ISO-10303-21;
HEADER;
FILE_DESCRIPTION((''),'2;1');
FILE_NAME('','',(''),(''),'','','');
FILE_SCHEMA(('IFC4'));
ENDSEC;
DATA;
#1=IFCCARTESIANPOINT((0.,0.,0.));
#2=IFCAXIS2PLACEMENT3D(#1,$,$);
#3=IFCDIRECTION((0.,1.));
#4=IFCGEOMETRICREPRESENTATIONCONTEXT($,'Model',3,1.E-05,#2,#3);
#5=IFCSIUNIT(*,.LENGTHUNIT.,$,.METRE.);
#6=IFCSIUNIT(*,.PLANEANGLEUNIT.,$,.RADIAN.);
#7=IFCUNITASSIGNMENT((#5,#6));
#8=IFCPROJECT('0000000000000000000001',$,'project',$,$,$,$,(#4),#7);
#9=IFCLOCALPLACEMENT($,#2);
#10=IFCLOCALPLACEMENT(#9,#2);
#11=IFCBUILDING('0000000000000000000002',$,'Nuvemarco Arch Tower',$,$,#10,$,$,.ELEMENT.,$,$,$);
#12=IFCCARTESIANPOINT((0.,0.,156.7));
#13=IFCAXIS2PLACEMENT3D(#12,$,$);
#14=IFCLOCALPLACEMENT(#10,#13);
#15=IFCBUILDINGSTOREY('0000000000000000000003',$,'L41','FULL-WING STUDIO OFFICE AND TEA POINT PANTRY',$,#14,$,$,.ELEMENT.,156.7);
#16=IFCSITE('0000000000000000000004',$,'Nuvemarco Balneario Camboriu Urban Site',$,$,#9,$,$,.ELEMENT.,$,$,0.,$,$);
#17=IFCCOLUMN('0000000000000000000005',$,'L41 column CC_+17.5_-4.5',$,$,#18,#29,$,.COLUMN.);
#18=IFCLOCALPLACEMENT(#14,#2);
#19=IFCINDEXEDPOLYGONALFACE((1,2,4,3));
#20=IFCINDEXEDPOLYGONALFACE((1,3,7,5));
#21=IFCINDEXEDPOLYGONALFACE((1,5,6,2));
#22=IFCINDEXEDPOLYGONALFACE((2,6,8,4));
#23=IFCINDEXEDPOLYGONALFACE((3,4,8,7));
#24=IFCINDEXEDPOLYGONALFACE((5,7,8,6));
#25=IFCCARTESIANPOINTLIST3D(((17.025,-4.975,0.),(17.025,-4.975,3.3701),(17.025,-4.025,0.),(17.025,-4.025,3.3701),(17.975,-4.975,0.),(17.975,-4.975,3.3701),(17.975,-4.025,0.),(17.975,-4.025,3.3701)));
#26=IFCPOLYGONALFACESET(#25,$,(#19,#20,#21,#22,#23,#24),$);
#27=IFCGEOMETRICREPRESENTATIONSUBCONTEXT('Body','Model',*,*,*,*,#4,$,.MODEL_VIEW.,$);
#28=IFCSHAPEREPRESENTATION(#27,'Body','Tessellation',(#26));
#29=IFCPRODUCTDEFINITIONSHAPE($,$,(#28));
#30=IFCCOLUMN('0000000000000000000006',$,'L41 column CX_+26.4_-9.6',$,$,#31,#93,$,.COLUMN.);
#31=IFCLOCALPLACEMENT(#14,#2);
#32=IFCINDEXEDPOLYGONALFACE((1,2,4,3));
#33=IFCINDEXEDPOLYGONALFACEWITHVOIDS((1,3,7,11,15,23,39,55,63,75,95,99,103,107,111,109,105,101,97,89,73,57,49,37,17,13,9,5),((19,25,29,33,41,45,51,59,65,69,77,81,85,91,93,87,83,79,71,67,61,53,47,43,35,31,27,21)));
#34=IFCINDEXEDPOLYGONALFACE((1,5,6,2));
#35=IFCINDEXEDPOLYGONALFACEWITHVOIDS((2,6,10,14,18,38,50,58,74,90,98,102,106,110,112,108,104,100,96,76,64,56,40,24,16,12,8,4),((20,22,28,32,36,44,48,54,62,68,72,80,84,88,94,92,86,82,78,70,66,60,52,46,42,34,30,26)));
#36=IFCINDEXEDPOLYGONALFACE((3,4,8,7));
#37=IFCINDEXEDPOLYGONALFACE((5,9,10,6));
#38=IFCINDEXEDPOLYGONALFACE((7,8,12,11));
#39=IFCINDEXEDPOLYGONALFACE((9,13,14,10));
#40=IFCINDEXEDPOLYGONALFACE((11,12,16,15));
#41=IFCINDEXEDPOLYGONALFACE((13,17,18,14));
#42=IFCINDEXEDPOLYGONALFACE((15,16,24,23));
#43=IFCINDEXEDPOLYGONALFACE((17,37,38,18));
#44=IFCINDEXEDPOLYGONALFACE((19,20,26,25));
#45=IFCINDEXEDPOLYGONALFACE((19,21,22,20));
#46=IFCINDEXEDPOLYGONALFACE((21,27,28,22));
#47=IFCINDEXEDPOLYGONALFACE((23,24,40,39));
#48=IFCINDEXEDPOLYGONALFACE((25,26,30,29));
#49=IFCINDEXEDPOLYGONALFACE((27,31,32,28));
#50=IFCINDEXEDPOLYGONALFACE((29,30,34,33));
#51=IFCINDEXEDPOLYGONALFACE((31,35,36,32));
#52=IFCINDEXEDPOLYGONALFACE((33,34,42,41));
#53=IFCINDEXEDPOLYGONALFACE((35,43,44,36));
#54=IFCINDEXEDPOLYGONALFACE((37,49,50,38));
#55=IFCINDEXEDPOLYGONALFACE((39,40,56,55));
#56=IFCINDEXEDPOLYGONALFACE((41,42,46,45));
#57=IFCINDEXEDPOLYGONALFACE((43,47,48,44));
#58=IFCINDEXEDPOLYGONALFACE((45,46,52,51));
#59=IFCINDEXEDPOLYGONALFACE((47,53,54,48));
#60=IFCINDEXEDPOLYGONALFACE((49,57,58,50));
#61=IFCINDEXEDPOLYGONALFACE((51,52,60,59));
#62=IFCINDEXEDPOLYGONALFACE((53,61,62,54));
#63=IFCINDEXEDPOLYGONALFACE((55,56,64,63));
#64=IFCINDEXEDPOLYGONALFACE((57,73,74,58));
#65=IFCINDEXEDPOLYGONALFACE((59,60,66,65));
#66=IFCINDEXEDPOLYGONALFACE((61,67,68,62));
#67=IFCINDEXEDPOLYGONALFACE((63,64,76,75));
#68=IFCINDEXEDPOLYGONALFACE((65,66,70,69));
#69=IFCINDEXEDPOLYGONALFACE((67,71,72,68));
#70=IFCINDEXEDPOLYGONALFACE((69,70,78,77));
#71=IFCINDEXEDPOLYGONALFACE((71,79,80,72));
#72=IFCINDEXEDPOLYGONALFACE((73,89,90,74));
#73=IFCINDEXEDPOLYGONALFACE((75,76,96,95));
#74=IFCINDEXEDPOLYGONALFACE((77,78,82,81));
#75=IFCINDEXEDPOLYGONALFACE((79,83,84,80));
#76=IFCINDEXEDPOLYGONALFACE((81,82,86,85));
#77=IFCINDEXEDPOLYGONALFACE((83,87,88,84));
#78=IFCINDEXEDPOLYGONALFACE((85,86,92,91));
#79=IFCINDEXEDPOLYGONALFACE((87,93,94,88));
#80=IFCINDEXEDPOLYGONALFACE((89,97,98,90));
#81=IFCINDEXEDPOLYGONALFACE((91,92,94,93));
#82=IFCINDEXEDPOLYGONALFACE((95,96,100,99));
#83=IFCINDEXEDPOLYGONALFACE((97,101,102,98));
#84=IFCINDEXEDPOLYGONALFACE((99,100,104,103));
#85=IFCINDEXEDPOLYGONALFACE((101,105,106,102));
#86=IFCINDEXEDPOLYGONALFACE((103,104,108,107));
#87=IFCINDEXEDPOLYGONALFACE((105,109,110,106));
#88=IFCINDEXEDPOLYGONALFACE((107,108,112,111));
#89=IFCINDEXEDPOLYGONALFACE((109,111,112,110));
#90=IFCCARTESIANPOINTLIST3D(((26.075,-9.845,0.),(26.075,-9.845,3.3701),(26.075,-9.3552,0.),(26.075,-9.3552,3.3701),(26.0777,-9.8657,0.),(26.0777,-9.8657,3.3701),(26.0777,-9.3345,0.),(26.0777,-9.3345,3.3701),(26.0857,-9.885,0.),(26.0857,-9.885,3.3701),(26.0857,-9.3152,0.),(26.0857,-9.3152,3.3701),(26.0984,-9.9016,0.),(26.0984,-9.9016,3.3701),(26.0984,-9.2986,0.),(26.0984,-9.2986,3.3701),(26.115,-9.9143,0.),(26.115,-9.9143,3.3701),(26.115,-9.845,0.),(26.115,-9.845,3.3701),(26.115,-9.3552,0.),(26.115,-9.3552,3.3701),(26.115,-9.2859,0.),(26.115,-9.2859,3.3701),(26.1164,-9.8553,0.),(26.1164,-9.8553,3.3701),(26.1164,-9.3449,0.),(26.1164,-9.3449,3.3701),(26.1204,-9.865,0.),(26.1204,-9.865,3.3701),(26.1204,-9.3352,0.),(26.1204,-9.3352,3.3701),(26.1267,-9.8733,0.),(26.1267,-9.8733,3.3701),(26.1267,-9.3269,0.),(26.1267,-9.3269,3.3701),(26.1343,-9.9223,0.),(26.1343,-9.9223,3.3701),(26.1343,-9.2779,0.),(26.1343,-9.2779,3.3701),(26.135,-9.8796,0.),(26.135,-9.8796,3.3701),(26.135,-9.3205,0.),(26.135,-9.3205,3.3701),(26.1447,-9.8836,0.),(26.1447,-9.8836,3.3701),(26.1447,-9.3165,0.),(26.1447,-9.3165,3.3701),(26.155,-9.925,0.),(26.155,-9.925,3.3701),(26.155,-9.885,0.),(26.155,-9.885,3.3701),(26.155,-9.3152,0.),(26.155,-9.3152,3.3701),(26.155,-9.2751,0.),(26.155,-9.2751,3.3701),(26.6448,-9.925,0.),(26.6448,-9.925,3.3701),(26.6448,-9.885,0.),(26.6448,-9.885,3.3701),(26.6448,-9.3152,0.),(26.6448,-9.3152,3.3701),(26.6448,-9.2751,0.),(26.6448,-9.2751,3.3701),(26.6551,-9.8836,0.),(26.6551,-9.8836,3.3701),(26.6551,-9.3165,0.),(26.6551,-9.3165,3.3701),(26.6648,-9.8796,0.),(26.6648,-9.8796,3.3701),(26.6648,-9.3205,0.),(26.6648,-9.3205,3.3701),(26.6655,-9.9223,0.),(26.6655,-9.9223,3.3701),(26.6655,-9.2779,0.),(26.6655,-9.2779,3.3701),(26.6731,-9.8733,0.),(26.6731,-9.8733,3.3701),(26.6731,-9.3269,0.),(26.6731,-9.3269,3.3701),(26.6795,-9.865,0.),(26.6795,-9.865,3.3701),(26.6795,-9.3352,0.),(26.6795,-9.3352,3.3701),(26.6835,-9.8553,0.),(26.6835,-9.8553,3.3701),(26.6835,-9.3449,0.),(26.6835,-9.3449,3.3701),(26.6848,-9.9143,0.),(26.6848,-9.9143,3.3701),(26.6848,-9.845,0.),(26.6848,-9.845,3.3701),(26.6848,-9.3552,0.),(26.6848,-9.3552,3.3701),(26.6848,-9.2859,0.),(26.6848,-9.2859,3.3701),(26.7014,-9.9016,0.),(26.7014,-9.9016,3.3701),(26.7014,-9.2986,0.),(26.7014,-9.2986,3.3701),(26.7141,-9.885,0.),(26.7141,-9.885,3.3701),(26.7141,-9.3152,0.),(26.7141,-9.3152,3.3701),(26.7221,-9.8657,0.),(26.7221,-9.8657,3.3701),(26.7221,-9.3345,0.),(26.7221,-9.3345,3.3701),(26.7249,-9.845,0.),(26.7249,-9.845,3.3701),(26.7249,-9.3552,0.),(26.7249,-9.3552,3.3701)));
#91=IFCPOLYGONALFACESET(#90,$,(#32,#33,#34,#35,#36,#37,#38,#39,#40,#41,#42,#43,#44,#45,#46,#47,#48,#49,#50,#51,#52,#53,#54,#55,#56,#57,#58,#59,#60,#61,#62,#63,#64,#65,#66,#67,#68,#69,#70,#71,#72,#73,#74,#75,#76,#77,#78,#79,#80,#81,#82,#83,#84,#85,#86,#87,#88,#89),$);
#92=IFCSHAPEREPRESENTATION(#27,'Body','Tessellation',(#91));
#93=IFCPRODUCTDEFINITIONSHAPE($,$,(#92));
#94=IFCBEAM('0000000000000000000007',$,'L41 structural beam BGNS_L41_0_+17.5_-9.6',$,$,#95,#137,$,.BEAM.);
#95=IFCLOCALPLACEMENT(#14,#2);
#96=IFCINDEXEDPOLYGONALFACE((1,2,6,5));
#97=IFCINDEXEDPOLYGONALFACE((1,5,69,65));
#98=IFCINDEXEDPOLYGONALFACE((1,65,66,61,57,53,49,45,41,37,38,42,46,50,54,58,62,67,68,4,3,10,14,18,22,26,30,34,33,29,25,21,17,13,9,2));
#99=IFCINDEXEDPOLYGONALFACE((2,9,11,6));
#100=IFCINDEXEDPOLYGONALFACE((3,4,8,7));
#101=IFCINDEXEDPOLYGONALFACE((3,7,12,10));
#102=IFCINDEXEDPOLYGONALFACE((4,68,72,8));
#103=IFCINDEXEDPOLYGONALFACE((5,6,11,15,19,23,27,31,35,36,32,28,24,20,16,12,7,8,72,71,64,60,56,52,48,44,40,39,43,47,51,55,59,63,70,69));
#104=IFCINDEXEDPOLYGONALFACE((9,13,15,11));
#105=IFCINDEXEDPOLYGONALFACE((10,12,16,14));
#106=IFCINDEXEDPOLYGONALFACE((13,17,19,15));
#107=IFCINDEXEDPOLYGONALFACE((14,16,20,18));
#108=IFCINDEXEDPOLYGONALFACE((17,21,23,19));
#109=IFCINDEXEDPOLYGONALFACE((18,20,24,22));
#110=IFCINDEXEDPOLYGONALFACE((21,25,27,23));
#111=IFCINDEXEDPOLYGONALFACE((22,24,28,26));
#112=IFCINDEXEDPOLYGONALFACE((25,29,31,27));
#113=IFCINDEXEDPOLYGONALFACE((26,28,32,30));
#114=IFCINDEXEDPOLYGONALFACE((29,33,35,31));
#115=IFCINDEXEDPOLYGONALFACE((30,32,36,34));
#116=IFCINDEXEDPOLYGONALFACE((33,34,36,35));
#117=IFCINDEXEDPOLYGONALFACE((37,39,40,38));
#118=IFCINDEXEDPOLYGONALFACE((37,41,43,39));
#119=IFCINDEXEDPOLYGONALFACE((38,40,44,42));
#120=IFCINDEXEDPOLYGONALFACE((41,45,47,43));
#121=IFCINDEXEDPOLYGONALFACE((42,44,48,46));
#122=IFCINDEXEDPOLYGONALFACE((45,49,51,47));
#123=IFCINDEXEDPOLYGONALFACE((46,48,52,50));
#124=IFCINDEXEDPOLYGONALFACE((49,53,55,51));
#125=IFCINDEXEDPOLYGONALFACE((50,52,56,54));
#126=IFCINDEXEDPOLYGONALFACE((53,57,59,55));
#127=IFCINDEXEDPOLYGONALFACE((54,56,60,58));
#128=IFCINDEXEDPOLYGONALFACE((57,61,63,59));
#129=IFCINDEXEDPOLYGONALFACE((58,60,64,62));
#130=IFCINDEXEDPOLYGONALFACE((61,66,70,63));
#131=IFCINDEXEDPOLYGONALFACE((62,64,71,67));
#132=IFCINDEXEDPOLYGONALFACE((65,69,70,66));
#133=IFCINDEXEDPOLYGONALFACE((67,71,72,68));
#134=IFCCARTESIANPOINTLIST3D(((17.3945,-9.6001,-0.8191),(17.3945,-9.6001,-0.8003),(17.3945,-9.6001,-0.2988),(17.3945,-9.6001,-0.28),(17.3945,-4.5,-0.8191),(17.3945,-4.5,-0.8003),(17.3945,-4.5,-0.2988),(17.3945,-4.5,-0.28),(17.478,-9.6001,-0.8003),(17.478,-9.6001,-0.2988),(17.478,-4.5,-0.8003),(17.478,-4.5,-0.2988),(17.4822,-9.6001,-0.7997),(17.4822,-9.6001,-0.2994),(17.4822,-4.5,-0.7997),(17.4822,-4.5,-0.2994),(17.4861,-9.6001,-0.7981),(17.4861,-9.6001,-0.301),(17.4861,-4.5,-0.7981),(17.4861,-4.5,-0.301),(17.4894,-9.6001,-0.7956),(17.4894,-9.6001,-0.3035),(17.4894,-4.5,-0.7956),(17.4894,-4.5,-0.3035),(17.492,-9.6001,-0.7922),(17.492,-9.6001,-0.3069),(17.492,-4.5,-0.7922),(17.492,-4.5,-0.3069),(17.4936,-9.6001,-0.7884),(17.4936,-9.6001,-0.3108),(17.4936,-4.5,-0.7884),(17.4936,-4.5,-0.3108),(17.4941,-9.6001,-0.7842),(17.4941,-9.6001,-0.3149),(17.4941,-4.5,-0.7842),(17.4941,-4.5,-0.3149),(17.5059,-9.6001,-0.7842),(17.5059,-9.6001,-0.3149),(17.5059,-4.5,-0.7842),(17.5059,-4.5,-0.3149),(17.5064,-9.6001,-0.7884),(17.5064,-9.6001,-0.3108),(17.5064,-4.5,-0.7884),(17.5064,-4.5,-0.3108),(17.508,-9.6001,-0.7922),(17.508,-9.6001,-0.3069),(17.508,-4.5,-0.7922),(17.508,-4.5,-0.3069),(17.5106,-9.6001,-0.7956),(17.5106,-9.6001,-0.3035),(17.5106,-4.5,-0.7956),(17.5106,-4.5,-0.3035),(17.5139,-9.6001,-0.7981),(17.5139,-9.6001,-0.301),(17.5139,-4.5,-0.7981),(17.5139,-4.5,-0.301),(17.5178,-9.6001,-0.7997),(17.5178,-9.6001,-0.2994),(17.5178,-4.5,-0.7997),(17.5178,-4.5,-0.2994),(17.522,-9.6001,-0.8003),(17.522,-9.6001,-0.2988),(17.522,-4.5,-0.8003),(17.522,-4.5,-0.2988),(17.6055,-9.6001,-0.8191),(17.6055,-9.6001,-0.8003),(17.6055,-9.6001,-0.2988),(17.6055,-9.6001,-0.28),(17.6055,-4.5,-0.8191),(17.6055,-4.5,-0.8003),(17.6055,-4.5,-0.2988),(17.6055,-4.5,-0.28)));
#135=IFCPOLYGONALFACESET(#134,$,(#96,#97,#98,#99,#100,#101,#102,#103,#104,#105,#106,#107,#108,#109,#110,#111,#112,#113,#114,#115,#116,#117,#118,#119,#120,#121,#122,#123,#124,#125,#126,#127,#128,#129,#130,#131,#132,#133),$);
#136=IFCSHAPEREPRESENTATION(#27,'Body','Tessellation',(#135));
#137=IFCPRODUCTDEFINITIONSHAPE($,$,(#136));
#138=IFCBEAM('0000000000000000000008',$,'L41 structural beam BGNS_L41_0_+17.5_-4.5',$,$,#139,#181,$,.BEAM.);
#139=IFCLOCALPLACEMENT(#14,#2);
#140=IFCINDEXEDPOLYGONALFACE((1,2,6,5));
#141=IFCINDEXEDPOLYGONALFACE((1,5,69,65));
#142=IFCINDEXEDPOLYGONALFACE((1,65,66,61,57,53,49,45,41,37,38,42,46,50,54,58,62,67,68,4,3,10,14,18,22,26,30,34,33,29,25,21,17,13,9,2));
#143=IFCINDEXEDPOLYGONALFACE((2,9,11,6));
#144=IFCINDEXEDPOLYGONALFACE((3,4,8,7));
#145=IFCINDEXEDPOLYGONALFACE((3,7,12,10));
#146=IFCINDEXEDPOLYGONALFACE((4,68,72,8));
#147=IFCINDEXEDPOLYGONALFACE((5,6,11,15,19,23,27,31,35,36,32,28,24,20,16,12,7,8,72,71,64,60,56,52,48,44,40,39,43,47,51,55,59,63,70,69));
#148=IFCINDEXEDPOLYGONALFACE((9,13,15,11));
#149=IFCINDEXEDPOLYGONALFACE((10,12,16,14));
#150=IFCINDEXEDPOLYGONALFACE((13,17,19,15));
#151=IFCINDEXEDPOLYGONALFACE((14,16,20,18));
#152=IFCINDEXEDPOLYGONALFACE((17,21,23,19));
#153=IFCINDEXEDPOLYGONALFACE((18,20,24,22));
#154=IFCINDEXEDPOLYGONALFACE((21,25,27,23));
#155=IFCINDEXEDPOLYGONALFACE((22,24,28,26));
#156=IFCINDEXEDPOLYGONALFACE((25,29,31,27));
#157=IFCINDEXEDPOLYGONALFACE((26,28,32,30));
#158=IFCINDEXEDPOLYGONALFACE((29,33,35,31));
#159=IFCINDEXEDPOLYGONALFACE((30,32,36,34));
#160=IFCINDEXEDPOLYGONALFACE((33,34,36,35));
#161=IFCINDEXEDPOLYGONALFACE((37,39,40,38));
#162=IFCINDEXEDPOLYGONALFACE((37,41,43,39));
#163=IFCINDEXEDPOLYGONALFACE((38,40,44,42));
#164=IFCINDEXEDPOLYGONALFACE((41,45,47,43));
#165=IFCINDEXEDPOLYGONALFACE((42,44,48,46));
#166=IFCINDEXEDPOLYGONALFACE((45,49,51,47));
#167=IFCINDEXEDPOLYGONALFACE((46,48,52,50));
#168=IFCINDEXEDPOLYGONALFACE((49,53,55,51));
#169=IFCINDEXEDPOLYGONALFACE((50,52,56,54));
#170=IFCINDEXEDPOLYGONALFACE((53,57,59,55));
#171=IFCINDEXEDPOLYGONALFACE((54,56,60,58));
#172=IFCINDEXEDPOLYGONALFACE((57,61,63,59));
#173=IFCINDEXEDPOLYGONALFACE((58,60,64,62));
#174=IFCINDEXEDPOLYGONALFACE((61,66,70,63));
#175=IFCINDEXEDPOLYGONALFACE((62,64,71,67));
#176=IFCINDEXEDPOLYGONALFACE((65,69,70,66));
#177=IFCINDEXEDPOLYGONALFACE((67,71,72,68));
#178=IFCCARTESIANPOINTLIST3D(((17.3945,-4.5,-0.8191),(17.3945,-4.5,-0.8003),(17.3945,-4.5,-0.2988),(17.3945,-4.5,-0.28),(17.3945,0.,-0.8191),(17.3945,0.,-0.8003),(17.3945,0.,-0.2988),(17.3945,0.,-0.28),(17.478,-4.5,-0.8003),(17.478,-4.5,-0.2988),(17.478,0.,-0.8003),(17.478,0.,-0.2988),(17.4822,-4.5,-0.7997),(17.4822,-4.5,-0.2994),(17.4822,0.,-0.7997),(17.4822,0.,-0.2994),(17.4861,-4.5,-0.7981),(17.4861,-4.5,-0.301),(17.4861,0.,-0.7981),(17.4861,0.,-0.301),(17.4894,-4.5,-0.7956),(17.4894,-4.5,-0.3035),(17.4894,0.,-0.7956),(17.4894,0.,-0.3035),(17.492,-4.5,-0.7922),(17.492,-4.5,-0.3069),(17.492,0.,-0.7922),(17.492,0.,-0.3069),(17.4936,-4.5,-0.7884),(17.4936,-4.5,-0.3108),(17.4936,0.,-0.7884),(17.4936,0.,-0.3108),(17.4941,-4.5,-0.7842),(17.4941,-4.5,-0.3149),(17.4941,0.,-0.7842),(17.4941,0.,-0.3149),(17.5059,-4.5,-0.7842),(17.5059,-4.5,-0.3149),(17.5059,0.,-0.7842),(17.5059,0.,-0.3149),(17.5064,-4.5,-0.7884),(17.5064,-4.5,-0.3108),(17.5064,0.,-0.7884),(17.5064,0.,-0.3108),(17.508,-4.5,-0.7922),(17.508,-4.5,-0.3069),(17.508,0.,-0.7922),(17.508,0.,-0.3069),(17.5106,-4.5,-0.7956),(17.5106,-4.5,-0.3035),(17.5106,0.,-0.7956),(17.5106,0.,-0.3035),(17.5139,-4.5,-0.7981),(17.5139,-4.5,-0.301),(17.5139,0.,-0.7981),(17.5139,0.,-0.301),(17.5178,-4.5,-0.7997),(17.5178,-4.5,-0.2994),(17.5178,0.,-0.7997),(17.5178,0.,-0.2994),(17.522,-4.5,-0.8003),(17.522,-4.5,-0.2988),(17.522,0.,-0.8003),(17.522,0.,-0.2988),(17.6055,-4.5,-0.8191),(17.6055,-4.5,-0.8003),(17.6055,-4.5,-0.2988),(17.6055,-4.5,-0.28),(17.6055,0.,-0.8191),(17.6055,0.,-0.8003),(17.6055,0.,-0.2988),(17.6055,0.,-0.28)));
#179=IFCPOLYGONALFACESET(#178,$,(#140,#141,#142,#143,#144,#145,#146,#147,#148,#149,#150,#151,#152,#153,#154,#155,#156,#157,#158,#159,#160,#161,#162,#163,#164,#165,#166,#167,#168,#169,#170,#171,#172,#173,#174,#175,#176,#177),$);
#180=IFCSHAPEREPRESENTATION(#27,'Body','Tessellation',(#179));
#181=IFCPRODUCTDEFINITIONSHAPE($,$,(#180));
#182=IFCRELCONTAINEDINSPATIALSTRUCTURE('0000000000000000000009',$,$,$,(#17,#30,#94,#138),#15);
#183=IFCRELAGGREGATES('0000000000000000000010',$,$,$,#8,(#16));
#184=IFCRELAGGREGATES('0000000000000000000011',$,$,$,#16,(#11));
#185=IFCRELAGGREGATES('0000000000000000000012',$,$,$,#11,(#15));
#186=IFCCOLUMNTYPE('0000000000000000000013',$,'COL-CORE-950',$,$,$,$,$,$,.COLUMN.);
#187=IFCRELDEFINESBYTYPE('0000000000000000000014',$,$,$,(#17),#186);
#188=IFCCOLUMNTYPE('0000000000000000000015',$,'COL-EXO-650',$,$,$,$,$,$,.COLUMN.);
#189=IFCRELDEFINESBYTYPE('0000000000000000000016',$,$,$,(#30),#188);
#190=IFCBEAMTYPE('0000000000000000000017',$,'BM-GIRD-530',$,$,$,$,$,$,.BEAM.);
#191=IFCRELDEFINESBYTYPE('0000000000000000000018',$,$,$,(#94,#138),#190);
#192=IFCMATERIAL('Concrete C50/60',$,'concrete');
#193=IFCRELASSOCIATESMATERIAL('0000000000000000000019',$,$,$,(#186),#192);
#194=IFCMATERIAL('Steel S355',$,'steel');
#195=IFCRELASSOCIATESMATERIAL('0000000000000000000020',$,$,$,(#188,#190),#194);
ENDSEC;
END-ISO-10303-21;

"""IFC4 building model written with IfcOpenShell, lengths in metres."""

from ifc_helpers import new_model, si_unit, direction, frame, origin, origin_2d, place, context, subcontext, project, spatial, rectangle, hollow_rectangle, i_section, extrude, material, material_profile, profile_set, type_object, element, save


model = new_model("IFC4")

# Units and contexts
model_context = context("Model", 3, precision=1e-05, world=origin(), true_north=direction((0.0, 1.0)))
body_context = subcontext(model_context, "Body", "Model", "MODEL_VIEW")
ifc_project = project(units=[si_unit("LENGTHUNIT", "METRE"), si_unit("PLANEANGLEUNIT", "RADIAN")], contexts=[model_context])

# Site, building, storey
site_placement = place(None, origin())
site = spatial("IfcSite", under=ifc_project, at=site_placement, Name="Nuvemarco Balneario Camboriu Urban Site", CompositionType="ELEMENT", RefElevation=0.0)
building_placement = place(site_placement, origin())
building = spatial("IfcBuilding", under=site, at=building_placement, Name="Nuvemarco Arch Tower", CompositionType="ELEMENT")
storey_placement = place(building_placement, frame((0.0, 0.0, 156.7)))
storey = spatial("IfcBuildingStorey", under=building, at=storey_placement, Name="L41", Description="FULL-WING STUDIO OFFICE AND TEA POINT PANTRY", CompositionType="ELEMENT", Elevation=156.7)

# Columns
ifc_material_1 = material(Name="Concrete C50/60", Category="concrete")
ifc_material_profile_1 = material_profile(ifc_material_1, rectangle(XDim=0.95, YDim=0.95, at=origin_2d()), Name="RC-COL-950x950")
ifc_profile_set_1 = profile_set([ifc_material_profile_1], Name="Concrete C50/60")
column_type_1 = type_object("IfcColumnType", Name="COL-CORE-950", PredefinedType="COLUMN", material=ifc_profile_set_1)
column_1_placement = place(storey_placement, frame((17.5, -4.5, 0.0), z_axis=(0.0, 0.0, 1.0), x_axis=(1.0, 0.0, 0.0)))
element("IfcColumn", 1, at=column_1_placement, inside=storey, type_object=column_type_1, Name="L41 column CC_+17.5_-4.5", PredefinedType="COLUMN", context=body_context, shape_type="SweptSolid", body=[
    extrude(rectangle(XDim=0.95, YDim=0.95, at=origin_2d()), origin(), (0.0, 0.0, 1.0), 3.3701),
])
ifc_material_2 = material(Name="Steel S355", Category="steel")
ifc_material_profile_2 = material_profile(ifc_material_2, hollow_rectangle(XDim=0.6499, YDim=0.6499, WallThickness=0.04, InnerFilletRadius=0.04, OuterFilletRadius=0.0801, at=origin_2d()), Name="SHS650x650x40")
ifc_profile_set_2 = profile_set([ifc_material_profile_2], Name="Steel S355")
column_type_2 = type_object("IfcColumnType", Name="COL-EXO-650", PredefinedType="COLUMN", material=ifc_profile_set_2)
column_2_placement = place(storey_placement, frame((26.3999, -9.6001, 0.0), z_axis=(0.0, 0.0, 1.0), x_axis=(1.0, 0.0, 0.0)))
element("IfcColumn", 2, at=column_2_placement, inside=storey, type_object=column_type_2, Name="L41 column CX_+26.4_-9.6", PredefinedType="COLUMN", context=body_context, shape_type="SweptSolid", body=[
    extrude(hollow_rectangle(XDim=0.6499, YDim=0.6499, WallThickness=0.04, InnerFilletRadius=0.04, OuterFilletRadius=0.0801, at=origin_2d()), origin(), (0.0, 0.0, 1.0), 3.3701),
])

# Beams
ifc_material_profile_3 = material_profile(ifc_material_2, i_section(OverallWidth=0.2109, OverallDepth=0.5391, WebThickness=0.0117, FlangeThickness=0.0188, FilletRadius=0.0161, at=origin_2d()), Name="W530x109")
ifc_profile_set_3 = profile_set([ifc_material_profile_3], Name="Steel S355")
beam_type_1 = type_object("IfcBeamType", Name="BM-GIRD-530", PredefinedType="BEAM", material=ifc_profile_set_3)
beam_1_placement = place(storey_placement, frame((17.5, -9.6001, -0.5496), z_axis=(0.0, 1.0, 0.0), x_axis=(-1.0, 0.0, 0.0)))
element("IfcBeam", 3, at=beam_1_placement, inside=storey, type_object=beam_type_1, Name="L41 structural beam BGNS_L41_0_+17.5_-9.6", PredefinedType="BEAM", context=body_context, shape_type="SweptSolid", body=[
    extrude(i_section(OverallWidth=0.2109, OverallDepth=0.5391, WebThickness=0.0117, FlangeThickness=0.0188, FilletRadius=0.0161, at=origin_2d()), origin(), (0.0, 0.0, 1.0), 5.1001),
])
beam_2_placement = place(storey_placement, frame((17.5, -4.5, -0.5496), z_axis=(0.0, 1.0, 0.0), x_axis=(-1.0, 0.0, 0.0)))
element("IfcBeam", 4, at=beam_2_placement, inside=storey, type_object=beam_type_1, Name="L41 structural beam BGNS_L41_0_+17.5_-4.5", PredefinedType="BEAM", context=body_context, shape_type="SweptSolid", body=[
    extrude(i_section(OverallWidth=0.2109, OverallDepth=0.5391, WebThickness=0.0117, FlangeThickness=0.0188, FilletRadius=0.0161, at=origin_2d()), origin(), (0.0, 0.0, 1.0), 4.5),
])

save(model, "model.ifc")
